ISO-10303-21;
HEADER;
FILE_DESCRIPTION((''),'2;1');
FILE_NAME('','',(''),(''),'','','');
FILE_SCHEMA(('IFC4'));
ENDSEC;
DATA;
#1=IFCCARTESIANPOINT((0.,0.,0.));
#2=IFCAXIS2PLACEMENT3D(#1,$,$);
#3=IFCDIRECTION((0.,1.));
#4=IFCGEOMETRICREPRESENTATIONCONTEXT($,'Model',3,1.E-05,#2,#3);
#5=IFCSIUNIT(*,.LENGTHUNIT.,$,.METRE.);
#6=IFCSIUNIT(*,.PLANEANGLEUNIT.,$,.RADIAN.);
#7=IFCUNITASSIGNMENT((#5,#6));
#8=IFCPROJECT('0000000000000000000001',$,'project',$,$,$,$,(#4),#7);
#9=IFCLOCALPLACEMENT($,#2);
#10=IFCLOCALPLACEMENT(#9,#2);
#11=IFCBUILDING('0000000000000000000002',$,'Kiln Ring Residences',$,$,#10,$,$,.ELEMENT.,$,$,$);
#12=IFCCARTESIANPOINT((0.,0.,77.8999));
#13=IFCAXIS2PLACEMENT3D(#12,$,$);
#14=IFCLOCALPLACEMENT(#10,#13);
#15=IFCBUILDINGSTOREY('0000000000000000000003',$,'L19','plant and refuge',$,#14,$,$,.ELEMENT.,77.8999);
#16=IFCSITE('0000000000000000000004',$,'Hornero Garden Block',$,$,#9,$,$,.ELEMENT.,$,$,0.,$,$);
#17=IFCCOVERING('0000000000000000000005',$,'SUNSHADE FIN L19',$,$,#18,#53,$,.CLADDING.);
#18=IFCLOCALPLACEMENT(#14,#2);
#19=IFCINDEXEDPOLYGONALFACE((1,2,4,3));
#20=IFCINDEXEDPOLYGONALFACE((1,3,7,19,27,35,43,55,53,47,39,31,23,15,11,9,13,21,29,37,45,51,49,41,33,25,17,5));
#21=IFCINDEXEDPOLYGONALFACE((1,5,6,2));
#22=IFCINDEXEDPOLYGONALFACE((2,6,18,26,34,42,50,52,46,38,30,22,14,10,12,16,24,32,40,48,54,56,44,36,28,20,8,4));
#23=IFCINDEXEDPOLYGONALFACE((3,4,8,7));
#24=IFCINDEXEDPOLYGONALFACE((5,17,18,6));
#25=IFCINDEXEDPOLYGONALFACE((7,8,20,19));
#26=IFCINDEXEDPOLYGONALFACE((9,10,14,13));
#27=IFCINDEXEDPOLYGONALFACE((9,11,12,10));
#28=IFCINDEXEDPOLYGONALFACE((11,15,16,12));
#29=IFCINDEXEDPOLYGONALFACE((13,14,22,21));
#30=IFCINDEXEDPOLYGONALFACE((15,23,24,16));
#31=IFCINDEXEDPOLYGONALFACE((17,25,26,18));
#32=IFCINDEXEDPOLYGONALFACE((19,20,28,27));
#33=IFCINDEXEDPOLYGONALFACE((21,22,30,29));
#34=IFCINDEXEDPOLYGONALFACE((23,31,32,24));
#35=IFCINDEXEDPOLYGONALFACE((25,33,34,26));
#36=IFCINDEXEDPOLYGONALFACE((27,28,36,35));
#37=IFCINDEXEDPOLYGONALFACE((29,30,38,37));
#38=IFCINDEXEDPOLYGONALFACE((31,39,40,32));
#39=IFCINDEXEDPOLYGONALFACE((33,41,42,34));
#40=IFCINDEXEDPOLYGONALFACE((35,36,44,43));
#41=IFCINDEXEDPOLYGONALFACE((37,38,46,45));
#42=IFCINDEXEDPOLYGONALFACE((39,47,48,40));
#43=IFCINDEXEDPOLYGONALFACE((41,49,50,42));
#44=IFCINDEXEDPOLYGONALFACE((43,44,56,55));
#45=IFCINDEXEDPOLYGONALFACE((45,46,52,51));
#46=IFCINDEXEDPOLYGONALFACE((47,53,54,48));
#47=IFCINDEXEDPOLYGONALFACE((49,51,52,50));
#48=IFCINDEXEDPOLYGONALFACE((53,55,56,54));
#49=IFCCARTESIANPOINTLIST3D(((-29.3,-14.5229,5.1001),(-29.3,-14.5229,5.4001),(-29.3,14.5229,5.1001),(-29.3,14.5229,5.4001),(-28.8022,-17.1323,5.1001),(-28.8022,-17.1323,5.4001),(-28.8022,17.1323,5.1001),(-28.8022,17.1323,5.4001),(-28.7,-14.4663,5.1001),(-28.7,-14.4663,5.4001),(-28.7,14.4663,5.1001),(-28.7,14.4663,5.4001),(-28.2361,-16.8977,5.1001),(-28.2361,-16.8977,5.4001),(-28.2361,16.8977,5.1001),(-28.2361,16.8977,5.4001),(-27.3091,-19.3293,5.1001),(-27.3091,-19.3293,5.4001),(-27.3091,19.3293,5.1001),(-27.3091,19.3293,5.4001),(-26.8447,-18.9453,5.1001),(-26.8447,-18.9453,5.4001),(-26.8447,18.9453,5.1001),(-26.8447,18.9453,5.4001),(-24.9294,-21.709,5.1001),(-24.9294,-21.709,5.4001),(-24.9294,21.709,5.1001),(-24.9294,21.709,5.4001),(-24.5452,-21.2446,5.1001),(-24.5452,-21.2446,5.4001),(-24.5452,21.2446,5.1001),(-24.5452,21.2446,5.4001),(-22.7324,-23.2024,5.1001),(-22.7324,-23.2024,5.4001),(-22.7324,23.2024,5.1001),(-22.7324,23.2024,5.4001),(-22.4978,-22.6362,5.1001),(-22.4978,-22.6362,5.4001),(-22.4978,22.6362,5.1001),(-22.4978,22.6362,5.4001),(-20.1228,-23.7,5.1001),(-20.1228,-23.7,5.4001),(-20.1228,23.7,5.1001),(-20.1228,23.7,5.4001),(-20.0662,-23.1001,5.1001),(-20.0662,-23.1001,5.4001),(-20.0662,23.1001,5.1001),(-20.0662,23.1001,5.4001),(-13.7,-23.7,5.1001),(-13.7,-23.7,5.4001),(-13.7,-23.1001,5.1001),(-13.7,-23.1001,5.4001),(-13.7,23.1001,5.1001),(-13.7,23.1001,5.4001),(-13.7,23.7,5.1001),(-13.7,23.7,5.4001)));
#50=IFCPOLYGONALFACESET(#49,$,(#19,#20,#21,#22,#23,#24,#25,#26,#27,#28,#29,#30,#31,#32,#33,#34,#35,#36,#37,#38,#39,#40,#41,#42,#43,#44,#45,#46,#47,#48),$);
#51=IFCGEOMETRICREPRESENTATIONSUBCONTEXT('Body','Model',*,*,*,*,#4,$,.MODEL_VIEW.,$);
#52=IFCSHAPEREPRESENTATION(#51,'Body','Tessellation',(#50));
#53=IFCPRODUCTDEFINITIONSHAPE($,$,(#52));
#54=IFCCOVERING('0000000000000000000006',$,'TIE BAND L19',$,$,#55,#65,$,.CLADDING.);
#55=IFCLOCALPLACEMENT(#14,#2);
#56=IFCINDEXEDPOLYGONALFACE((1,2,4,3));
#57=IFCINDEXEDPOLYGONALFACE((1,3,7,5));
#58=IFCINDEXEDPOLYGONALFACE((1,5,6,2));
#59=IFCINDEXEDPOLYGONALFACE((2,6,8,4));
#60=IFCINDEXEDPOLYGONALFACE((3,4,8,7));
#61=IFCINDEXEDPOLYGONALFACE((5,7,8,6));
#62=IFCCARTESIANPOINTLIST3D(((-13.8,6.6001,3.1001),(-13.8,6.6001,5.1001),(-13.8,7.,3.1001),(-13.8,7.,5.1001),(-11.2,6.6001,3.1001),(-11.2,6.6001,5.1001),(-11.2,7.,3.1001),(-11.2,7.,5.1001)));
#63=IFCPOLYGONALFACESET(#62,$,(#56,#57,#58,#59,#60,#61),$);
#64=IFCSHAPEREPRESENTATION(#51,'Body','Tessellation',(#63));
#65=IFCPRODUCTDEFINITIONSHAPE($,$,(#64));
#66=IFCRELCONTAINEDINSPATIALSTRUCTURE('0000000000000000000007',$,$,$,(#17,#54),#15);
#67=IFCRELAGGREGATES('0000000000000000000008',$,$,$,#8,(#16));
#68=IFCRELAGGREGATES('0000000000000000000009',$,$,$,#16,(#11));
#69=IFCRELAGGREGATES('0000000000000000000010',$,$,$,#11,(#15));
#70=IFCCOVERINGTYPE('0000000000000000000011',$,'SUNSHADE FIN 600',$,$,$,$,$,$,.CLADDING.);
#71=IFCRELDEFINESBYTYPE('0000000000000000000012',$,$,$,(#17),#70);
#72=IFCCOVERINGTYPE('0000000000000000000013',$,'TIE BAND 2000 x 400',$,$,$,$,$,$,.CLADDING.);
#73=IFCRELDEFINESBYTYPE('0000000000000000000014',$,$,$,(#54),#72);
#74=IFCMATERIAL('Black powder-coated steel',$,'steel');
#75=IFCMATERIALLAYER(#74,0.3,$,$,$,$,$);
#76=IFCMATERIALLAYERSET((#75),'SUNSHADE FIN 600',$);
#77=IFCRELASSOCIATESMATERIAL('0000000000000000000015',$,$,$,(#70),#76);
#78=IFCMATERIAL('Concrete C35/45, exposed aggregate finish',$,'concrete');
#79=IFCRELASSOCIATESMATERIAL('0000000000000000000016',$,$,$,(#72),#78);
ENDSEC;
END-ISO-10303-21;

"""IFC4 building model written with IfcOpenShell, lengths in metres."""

from ifc_helpers import new_model, si_unit, direction, frame, origin, origin_2d, place, context, subcontext, project, spatial, polyline, rectangle, outline, extrude, material, layer, layer_set, type_object, element, save


model = new_model("IFC4")

# Units and contexts
model_context = context("Model", 3, precision=1e-05, world=origin(), true_north=direction((0.0, 1.0)))
body_context = subcontext(model_context, "Body", "Model", "MODEL_VIEW")
ifc_project = project(units=[si_unit("LENGTHUNIT", "METRE"), si_unit("PLANEANGLEUNIT", "RADIAN")], contexts=[model_context])

# Site, building, storey
site_placement = place(None, origin())
site = spatial("IfcSite", under=ifc_project, at=site_placement, Name="Hornero Garden Block", CompositionType="ELEMENT", RefElevation=0.0)
building_placement = place(site_placement, origin())
building = spatial("IfcBuilding", under=site, at=building_placement, Name="Kiln Ring Residences", CompositionType="ELEMENT")
storey_placement = place(building_placement, frame((0.0, 0.0, 77.8999)))
storey = spatial("IfcBuildingStorey", under=building, at=storey_placement, Name="L19", Description="plant and refuge", CompositionType="ELEMENT", Elevation=77.8999)

# Coverings
ifc_material_1 = material(Name="Black powder-coated steel", Category="steel")
ifc_layer_1 = layer(ifc_material_1, 0.3)
ifc_layer_set_1 = layer_set([ifc_layer_1], Name="SUNSHADE FIN 600")
covering_type_1 = type_object("IfcCoveringType", Name="SUNSHADE FIN 600", PredefinedType="CLADDING", material=ifc_layer_set_1)
covering_1_placement = place(storey_placement, frame((0.0, 0.0, 5.1001)))
element("IfcCovering", 1, at=covering_1_placement, inside=storey, type_object=covering_type_1, Name="SUNSHADE FIN L19", PredefinedType="CLADDING", context=body_context, shape_type="SweptSolid", body=[
    extrude(outline(polyline([(-28.8022, 17.1323), (-29.3, 14.5229), (-29.3, -14.5229), (-28.8022, -17.1323), (-27.3091, -19.3293), (-24.9294, -21.709), (-22.7324, -23.2024), (-20.1228, -23.7), (-13.7, -23.7), (-13.7, -23.1001), (-20.0662, -23.1001), (-22.4978, -22.6362), (-24.5452, -21.2446), (-26.8447, -18.9453), (-28.2361, -16.8977), (-28.7, -14.4663), (-28.7, 14.4663), (-28.2361, 16.8977), (-26.8447, 18.9453), (-24.5452, 21.2446), (-22.4978, 22.6362), (-20.0662, 23.1001), (-13.7, 23.1001), (-13.7, 23.7), (-20.1228, 23.7), (-22.7324, 23.2024), (-24.9294, 21.709), (-27.3091, 19.3293), (-28.8022, 17.1323)])), origin(), (0.0, 0.0, 1.0), 0.3),
])
ifc_material_2 = material(Name="Concrete C35/45, exposed aggregate finish", Category="concrete")
covering_type_2 = type_object("IfcCoveringType", Name="TIE BAND 2000 x 400", PredefinedType="CLADDING", material=ifc_material_2)
covering_2_placement = place(storey_placement, frame((-12.5, 6.8, 3.1001), z_axis=(0.0, 0.0, 1.0), x_axis=(1.0, 0.0, 0.0)))
element("IfcCovering", 2, at=covering_2_placement, inside=storey, type_object=covering_type_2, Name="TIE BAND L19", PredefinedType="CLADDING", context=body_context, shape_type="SweptSolid", body=[
    extrude(rectangle(XDim=2.6001, YDim=0.3999, at=origin_2d()), origin(), (0.0, 0.0, 1.0), 2.0),
])

save(model, "model.ifc")
